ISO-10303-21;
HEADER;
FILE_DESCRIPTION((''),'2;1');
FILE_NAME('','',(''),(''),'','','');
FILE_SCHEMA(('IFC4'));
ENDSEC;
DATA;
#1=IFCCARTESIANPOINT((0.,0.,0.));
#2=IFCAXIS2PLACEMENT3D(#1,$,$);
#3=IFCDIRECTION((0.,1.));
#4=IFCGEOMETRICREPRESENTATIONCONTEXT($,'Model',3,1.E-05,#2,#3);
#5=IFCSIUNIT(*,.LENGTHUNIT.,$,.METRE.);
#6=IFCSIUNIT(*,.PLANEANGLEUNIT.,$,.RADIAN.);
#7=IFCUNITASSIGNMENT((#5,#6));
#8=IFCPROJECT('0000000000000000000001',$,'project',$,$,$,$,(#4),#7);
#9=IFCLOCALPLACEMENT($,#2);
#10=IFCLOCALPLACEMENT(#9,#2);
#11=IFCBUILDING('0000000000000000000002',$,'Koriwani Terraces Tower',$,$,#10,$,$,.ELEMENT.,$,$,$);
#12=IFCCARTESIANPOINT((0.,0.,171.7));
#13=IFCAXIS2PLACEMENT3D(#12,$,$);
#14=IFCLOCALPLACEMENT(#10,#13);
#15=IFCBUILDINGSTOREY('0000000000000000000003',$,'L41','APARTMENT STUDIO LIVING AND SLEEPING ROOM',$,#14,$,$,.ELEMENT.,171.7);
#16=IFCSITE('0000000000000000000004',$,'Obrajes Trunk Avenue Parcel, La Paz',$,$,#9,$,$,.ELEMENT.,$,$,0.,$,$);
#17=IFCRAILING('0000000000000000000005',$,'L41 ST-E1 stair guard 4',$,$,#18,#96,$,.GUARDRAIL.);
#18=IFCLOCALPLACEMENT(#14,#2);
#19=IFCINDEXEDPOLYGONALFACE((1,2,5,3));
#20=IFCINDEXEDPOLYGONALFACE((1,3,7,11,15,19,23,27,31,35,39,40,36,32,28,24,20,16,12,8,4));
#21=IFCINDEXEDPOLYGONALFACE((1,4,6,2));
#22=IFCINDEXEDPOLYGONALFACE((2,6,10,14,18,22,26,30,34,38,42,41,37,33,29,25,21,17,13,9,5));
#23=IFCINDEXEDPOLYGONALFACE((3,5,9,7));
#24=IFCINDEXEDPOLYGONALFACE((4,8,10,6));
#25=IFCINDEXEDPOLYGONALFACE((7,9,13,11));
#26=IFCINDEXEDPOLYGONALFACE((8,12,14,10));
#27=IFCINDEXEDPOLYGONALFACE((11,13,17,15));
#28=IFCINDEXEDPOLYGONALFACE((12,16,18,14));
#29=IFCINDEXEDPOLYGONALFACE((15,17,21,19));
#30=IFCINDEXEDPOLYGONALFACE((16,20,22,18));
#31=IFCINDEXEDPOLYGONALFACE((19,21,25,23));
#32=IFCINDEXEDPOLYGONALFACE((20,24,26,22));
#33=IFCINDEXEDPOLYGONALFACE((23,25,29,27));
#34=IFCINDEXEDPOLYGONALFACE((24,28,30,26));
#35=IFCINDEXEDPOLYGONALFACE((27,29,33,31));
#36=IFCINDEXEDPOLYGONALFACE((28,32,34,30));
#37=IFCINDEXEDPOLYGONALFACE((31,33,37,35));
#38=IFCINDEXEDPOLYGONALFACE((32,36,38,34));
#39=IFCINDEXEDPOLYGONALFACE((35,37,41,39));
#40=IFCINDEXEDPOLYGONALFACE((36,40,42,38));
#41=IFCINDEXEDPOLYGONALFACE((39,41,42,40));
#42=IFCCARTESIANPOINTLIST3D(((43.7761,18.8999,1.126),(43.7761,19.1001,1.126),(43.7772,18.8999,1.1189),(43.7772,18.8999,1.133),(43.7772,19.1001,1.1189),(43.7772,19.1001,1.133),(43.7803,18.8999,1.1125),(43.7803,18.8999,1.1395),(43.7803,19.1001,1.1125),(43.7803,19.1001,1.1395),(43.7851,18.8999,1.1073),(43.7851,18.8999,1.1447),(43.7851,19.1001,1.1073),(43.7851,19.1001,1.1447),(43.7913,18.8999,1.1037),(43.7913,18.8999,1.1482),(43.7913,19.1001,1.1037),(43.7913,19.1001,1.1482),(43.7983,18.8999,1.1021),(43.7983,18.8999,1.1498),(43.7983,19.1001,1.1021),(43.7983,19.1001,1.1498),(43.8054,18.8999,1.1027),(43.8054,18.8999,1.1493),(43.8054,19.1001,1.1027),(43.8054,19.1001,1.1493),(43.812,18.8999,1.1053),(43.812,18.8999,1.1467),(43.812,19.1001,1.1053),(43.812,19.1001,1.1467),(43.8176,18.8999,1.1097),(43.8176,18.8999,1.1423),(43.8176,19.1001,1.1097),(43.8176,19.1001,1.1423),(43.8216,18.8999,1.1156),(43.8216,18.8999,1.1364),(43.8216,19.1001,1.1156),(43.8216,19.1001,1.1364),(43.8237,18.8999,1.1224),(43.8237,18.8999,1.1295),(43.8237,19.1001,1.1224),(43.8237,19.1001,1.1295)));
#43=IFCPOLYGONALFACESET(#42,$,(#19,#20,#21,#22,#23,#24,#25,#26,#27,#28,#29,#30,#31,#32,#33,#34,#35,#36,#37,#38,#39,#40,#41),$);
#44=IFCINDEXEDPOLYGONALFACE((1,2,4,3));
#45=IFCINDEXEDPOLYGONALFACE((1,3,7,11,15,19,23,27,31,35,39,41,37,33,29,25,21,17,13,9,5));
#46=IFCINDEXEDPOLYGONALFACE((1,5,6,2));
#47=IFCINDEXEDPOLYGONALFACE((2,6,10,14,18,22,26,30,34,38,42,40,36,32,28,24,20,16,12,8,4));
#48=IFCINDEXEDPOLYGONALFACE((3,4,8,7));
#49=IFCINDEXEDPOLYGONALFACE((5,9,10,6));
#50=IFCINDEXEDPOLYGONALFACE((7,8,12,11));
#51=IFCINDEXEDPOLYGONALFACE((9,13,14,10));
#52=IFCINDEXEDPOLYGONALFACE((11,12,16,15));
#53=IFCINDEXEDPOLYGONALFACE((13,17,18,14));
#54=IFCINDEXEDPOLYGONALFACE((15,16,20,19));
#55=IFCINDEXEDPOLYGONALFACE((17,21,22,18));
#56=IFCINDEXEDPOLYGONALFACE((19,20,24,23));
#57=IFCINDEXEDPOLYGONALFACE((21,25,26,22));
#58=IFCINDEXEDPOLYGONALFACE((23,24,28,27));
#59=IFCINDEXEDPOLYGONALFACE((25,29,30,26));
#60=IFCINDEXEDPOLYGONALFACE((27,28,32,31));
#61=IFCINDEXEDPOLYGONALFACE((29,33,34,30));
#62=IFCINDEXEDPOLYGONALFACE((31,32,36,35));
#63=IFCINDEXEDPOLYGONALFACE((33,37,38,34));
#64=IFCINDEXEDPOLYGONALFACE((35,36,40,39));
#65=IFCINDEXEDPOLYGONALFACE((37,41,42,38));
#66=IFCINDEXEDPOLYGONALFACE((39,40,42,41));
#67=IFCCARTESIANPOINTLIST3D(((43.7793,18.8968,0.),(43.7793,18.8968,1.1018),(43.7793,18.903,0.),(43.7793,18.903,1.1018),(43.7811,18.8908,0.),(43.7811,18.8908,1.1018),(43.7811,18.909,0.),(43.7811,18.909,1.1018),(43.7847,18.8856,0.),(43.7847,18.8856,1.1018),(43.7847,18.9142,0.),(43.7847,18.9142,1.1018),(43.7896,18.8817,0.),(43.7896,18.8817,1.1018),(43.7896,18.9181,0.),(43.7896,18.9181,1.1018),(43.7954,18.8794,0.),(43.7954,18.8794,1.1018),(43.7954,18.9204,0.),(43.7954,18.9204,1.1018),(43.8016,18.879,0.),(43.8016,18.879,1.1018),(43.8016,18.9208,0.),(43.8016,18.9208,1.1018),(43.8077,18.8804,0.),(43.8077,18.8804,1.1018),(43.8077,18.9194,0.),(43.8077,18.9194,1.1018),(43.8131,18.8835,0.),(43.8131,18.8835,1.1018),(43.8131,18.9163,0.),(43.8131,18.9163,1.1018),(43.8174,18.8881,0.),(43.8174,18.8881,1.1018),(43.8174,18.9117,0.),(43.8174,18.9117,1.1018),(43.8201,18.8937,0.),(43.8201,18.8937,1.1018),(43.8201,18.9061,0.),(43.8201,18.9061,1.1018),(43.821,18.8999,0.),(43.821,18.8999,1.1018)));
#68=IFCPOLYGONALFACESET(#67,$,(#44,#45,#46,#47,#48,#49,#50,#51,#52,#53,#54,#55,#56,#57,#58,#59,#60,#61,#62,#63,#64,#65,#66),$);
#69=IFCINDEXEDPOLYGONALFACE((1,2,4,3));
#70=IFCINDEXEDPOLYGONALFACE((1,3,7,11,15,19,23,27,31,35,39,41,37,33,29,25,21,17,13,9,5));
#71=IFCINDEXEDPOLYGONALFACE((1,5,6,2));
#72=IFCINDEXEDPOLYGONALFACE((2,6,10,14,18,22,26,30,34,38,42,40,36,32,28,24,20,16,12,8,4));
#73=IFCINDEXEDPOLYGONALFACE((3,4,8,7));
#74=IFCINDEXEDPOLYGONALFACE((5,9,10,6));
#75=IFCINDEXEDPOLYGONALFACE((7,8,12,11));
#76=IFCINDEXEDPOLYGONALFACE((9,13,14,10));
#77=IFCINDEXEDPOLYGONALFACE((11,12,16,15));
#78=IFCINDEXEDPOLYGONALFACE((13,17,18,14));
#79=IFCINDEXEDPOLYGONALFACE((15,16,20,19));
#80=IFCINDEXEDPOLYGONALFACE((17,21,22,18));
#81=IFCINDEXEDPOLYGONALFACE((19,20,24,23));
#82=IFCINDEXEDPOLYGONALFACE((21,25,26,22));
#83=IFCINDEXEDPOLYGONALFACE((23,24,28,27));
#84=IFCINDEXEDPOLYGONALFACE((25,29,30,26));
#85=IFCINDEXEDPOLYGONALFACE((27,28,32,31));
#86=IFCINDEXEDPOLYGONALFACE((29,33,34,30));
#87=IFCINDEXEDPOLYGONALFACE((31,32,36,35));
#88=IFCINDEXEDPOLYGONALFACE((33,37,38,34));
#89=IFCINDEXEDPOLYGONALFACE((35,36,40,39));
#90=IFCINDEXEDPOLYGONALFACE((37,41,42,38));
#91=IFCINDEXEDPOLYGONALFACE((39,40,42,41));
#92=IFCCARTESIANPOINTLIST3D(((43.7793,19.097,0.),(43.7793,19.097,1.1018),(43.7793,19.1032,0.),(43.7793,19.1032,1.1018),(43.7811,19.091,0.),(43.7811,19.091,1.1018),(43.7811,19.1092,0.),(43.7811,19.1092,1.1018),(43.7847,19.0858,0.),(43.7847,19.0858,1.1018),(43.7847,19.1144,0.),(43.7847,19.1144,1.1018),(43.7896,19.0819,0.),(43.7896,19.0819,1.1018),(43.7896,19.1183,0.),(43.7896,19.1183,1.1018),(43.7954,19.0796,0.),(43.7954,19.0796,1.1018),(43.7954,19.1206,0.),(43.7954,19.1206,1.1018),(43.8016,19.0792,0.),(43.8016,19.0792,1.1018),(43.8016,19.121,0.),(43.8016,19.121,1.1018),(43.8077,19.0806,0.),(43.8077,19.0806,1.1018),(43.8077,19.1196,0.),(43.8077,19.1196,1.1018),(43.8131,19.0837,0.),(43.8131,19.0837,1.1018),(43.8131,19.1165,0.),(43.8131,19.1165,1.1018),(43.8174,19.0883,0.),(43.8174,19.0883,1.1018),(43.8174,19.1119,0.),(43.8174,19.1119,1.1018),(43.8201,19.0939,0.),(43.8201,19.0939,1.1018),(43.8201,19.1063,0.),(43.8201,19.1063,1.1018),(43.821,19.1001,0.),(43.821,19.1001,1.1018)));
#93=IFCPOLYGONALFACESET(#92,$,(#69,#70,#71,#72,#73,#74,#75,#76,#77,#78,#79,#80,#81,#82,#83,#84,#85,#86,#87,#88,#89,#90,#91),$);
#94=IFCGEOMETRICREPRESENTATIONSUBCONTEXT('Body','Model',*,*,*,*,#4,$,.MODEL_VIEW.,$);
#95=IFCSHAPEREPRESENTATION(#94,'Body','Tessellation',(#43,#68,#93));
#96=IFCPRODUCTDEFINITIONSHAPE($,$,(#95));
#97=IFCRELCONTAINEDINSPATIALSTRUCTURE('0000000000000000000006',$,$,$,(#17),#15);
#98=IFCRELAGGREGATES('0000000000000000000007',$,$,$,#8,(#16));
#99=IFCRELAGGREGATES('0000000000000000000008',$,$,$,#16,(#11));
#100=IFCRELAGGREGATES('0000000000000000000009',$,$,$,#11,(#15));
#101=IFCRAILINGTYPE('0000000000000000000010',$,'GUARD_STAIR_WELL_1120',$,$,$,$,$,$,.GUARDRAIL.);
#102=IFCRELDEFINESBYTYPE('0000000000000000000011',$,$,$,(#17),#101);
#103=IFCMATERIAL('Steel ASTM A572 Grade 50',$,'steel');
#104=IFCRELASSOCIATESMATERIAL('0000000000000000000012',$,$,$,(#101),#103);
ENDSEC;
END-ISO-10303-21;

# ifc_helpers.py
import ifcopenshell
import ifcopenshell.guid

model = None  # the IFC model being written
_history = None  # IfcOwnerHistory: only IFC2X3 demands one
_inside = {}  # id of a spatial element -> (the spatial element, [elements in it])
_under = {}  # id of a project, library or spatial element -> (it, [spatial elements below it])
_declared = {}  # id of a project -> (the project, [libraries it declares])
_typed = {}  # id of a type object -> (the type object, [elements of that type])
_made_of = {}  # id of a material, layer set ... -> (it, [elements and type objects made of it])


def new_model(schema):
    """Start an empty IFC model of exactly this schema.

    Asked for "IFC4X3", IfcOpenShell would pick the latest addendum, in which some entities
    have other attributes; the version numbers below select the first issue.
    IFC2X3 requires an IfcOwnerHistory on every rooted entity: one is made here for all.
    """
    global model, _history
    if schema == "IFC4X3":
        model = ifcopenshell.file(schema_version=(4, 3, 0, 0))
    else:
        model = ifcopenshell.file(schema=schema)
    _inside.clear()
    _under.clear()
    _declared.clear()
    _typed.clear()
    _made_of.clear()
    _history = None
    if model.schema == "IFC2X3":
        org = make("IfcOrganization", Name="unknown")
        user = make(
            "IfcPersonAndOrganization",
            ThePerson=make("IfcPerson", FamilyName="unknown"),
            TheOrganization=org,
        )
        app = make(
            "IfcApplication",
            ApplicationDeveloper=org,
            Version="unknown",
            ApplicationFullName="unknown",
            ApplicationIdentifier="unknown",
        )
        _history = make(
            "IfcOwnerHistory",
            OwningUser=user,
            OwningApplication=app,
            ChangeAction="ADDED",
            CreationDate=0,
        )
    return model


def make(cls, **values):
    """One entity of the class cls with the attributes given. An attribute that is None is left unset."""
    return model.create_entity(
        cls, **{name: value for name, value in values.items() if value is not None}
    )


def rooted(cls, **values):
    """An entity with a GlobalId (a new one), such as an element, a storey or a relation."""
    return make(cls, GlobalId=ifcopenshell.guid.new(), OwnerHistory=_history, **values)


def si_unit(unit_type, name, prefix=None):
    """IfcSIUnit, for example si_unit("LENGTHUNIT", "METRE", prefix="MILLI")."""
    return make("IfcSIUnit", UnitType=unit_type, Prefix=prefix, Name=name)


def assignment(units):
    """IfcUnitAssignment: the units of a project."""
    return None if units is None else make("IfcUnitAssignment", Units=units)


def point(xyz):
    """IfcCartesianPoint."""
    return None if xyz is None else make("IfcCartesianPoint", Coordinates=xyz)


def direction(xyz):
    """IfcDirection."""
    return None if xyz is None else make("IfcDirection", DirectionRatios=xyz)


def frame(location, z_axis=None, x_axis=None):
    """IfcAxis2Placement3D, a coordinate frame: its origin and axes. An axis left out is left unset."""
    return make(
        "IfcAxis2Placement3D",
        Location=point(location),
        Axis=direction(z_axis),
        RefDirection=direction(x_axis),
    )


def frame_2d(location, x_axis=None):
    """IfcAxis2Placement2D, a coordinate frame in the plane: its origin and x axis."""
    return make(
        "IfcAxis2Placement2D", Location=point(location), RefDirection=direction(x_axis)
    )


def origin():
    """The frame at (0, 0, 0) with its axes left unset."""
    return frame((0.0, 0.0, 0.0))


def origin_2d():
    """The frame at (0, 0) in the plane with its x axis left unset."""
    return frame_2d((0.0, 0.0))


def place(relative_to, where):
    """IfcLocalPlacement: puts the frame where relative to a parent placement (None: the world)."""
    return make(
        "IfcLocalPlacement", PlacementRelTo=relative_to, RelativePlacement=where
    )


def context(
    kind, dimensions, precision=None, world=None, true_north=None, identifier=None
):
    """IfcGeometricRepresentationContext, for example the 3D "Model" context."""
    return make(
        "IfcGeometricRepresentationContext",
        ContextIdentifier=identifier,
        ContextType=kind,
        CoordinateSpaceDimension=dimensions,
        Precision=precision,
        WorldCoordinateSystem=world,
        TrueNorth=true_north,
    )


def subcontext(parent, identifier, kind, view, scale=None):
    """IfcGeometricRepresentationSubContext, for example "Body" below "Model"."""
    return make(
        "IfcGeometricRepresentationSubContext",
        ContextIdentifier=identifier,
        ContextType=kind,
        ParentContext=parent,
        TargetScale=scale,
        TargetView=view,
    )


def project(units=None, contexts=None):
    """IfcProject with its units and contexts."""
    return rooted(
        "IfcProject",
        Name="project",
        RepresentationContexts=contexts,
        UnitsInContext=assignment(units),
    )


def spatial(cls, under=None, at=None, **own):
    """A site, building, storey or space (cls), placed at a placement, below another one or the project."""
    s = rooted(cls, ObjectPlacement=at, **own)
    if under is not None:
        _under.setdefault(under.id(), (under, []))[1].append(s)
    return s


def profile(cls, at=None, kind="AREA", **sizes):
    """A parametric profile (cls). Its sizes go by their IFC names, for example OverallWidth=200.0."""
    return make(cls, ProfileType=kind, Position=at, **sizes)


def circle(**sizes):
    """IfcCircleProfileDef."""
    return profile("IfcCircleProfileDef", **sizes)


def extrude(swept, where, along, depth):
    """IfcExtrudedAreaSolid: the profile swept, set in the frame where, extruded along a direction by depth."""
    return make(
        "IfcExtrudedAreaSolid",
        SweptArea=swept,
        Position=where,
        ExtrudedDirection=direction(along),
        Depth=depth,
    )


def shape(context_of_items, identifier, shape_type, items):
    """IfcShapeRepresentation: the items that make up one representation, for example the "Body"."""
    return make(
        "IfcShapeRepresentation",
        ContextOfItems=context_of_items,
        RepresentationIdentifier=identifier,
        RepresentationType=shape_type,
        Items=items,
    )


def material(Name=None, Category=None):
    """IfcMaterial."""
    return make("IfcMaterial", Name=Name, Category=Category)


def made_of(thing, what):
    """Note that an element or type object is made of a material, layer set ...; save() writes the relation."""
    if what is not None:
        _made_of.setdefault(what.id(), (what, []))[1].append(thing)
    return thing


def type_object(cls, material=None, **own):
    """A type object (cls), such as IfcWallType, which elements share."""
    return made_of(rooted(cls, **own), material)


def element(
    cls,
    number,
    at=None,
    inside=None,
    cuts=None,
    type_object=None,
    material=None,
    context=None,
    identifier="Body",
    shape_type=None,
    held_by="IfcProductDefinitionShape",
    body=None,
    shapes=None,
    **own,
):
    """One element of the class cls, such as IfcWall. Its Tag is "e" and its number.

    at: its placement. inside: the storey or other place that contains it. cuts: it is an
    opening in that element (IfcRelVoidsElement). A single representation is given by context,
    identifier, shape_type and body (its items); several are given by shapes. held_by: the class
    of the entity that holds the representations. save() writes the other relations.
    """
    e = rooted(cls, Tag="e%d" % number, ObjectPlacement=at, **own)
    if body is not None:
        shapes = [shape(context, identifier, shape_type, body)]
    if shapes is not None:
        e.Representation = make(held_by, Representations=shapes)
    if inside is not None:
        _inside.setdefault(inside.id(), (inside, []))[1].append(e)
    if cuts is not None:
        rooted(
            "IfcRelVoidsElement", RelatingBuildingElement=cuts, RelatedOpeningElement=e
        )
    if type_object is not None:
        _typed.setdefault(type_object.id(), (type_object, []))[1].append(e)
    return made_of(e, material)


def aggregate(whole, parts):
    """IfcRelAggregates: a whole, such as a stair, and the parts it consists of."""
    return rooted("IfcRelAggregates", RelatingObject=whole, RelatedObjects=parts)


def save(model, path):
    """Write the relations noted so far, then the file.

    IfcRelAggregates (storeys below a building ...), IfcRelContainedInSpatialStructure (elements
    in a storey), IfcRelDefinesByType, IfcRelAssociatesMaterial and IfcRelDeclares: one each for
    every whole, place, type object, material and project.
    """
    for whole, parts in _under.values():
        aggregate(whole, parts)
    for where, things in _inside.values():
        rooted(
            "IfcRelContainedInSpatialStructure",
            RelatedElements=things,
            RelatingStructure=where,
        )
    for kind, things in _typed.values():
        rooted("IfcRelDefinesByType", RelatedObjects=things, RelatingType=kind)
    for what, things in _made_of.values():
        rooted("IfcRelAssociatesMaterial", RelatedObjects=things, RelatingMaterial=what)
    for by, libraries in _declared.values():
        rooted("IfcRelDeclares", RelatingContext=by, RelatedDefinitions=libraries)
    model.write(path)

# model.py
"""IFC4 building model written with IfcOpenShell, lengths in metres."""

from ifc_helpers import new_model, si_unit, direction, frame, origin, origin_2d, place, context, subcontext, project, spatial, circle, extrude, material, type_object, element, save


model = new_model("IFC4")

# Units and contexts
model_context = context("Model", 3, precision=1e-05, world=origin(), true_north=direction((0.0, 1.0)))
body_context = subcontext(model_context, "Body", "Model", "MODEL_VIEW")
ifc_project = project(units=[si_unit("LENGTHUNIT", "METRE"), si_unit("PLANEANGLEUNIT", "RADIAN")], contexts=[model_context])

# Site, building, storey
site_placement = place(None, origin())
site = spatial("IfcSite", under=ifc_project, at=site_placement, Name="Obrajes Trunk Avenue Parcel, La Paz", CompositionType="ELEMENT", RefElevation=0.0)
building_placement = place(site_placement, origin())
building = spatial("IfcBuilding", under=site, at=building_placement, Name="Koriwani Terraces Tower", CompositionType="ELEMENT")
storey_placement = place(building_placement, frame((0.0, 0.0, 171.7)))
storey = spatial("IfcBuildingStorey", under=building, at=storey_placement, Name="L41", Description="APARTMENT STUDIO LIVING AND SLEEPING ROOM", CompositionType="ELEMENT", Elevation=171.7)

# Shared definitions
ifc_material_1 = material(Name="Steel ASTM A572 Grade 50", Category="steel")

# Railing
railing_type_1 = type_object("IfcRailingType", Name="GUARD_STAIR_WELL_1120", PredefinedType="GUARDRAIL", material=ifc_material_1)
railing_1_placement = place(storey_placement, frame((43.8, 18.8999, 0.0)))
element("IfcRailing", 1, at=railing_1_placement, inside=storey, type_object=railing_type_1, Name="L41 ST-E1 stair guard 4", PredefinedType="GUARDRAIL", context=body_context, shape_type="SweptSolid", body=[
    extrude(circle(Radius=0.0239, at=origin_2d()), frame((0.0, 0.0, 1.126), z_axis=(0.0, 1.0, 0.0), x_axis=(-1.0, 0.0, 0.0)), (0.0, 0.0, 1.0), 0.2002),
    extrude(circle(Radius=0.021, at=origin_2d()), origin(), (0.0, 0.0, 1.0), 1.1018),
    extrude(circle(Radius=0.021, at=origin_2d()), frame((0.0, 0.2002, 0.0)), (0.0, 0.0, 1.0), 1.1018),
])

save(model, "model.ifc")
